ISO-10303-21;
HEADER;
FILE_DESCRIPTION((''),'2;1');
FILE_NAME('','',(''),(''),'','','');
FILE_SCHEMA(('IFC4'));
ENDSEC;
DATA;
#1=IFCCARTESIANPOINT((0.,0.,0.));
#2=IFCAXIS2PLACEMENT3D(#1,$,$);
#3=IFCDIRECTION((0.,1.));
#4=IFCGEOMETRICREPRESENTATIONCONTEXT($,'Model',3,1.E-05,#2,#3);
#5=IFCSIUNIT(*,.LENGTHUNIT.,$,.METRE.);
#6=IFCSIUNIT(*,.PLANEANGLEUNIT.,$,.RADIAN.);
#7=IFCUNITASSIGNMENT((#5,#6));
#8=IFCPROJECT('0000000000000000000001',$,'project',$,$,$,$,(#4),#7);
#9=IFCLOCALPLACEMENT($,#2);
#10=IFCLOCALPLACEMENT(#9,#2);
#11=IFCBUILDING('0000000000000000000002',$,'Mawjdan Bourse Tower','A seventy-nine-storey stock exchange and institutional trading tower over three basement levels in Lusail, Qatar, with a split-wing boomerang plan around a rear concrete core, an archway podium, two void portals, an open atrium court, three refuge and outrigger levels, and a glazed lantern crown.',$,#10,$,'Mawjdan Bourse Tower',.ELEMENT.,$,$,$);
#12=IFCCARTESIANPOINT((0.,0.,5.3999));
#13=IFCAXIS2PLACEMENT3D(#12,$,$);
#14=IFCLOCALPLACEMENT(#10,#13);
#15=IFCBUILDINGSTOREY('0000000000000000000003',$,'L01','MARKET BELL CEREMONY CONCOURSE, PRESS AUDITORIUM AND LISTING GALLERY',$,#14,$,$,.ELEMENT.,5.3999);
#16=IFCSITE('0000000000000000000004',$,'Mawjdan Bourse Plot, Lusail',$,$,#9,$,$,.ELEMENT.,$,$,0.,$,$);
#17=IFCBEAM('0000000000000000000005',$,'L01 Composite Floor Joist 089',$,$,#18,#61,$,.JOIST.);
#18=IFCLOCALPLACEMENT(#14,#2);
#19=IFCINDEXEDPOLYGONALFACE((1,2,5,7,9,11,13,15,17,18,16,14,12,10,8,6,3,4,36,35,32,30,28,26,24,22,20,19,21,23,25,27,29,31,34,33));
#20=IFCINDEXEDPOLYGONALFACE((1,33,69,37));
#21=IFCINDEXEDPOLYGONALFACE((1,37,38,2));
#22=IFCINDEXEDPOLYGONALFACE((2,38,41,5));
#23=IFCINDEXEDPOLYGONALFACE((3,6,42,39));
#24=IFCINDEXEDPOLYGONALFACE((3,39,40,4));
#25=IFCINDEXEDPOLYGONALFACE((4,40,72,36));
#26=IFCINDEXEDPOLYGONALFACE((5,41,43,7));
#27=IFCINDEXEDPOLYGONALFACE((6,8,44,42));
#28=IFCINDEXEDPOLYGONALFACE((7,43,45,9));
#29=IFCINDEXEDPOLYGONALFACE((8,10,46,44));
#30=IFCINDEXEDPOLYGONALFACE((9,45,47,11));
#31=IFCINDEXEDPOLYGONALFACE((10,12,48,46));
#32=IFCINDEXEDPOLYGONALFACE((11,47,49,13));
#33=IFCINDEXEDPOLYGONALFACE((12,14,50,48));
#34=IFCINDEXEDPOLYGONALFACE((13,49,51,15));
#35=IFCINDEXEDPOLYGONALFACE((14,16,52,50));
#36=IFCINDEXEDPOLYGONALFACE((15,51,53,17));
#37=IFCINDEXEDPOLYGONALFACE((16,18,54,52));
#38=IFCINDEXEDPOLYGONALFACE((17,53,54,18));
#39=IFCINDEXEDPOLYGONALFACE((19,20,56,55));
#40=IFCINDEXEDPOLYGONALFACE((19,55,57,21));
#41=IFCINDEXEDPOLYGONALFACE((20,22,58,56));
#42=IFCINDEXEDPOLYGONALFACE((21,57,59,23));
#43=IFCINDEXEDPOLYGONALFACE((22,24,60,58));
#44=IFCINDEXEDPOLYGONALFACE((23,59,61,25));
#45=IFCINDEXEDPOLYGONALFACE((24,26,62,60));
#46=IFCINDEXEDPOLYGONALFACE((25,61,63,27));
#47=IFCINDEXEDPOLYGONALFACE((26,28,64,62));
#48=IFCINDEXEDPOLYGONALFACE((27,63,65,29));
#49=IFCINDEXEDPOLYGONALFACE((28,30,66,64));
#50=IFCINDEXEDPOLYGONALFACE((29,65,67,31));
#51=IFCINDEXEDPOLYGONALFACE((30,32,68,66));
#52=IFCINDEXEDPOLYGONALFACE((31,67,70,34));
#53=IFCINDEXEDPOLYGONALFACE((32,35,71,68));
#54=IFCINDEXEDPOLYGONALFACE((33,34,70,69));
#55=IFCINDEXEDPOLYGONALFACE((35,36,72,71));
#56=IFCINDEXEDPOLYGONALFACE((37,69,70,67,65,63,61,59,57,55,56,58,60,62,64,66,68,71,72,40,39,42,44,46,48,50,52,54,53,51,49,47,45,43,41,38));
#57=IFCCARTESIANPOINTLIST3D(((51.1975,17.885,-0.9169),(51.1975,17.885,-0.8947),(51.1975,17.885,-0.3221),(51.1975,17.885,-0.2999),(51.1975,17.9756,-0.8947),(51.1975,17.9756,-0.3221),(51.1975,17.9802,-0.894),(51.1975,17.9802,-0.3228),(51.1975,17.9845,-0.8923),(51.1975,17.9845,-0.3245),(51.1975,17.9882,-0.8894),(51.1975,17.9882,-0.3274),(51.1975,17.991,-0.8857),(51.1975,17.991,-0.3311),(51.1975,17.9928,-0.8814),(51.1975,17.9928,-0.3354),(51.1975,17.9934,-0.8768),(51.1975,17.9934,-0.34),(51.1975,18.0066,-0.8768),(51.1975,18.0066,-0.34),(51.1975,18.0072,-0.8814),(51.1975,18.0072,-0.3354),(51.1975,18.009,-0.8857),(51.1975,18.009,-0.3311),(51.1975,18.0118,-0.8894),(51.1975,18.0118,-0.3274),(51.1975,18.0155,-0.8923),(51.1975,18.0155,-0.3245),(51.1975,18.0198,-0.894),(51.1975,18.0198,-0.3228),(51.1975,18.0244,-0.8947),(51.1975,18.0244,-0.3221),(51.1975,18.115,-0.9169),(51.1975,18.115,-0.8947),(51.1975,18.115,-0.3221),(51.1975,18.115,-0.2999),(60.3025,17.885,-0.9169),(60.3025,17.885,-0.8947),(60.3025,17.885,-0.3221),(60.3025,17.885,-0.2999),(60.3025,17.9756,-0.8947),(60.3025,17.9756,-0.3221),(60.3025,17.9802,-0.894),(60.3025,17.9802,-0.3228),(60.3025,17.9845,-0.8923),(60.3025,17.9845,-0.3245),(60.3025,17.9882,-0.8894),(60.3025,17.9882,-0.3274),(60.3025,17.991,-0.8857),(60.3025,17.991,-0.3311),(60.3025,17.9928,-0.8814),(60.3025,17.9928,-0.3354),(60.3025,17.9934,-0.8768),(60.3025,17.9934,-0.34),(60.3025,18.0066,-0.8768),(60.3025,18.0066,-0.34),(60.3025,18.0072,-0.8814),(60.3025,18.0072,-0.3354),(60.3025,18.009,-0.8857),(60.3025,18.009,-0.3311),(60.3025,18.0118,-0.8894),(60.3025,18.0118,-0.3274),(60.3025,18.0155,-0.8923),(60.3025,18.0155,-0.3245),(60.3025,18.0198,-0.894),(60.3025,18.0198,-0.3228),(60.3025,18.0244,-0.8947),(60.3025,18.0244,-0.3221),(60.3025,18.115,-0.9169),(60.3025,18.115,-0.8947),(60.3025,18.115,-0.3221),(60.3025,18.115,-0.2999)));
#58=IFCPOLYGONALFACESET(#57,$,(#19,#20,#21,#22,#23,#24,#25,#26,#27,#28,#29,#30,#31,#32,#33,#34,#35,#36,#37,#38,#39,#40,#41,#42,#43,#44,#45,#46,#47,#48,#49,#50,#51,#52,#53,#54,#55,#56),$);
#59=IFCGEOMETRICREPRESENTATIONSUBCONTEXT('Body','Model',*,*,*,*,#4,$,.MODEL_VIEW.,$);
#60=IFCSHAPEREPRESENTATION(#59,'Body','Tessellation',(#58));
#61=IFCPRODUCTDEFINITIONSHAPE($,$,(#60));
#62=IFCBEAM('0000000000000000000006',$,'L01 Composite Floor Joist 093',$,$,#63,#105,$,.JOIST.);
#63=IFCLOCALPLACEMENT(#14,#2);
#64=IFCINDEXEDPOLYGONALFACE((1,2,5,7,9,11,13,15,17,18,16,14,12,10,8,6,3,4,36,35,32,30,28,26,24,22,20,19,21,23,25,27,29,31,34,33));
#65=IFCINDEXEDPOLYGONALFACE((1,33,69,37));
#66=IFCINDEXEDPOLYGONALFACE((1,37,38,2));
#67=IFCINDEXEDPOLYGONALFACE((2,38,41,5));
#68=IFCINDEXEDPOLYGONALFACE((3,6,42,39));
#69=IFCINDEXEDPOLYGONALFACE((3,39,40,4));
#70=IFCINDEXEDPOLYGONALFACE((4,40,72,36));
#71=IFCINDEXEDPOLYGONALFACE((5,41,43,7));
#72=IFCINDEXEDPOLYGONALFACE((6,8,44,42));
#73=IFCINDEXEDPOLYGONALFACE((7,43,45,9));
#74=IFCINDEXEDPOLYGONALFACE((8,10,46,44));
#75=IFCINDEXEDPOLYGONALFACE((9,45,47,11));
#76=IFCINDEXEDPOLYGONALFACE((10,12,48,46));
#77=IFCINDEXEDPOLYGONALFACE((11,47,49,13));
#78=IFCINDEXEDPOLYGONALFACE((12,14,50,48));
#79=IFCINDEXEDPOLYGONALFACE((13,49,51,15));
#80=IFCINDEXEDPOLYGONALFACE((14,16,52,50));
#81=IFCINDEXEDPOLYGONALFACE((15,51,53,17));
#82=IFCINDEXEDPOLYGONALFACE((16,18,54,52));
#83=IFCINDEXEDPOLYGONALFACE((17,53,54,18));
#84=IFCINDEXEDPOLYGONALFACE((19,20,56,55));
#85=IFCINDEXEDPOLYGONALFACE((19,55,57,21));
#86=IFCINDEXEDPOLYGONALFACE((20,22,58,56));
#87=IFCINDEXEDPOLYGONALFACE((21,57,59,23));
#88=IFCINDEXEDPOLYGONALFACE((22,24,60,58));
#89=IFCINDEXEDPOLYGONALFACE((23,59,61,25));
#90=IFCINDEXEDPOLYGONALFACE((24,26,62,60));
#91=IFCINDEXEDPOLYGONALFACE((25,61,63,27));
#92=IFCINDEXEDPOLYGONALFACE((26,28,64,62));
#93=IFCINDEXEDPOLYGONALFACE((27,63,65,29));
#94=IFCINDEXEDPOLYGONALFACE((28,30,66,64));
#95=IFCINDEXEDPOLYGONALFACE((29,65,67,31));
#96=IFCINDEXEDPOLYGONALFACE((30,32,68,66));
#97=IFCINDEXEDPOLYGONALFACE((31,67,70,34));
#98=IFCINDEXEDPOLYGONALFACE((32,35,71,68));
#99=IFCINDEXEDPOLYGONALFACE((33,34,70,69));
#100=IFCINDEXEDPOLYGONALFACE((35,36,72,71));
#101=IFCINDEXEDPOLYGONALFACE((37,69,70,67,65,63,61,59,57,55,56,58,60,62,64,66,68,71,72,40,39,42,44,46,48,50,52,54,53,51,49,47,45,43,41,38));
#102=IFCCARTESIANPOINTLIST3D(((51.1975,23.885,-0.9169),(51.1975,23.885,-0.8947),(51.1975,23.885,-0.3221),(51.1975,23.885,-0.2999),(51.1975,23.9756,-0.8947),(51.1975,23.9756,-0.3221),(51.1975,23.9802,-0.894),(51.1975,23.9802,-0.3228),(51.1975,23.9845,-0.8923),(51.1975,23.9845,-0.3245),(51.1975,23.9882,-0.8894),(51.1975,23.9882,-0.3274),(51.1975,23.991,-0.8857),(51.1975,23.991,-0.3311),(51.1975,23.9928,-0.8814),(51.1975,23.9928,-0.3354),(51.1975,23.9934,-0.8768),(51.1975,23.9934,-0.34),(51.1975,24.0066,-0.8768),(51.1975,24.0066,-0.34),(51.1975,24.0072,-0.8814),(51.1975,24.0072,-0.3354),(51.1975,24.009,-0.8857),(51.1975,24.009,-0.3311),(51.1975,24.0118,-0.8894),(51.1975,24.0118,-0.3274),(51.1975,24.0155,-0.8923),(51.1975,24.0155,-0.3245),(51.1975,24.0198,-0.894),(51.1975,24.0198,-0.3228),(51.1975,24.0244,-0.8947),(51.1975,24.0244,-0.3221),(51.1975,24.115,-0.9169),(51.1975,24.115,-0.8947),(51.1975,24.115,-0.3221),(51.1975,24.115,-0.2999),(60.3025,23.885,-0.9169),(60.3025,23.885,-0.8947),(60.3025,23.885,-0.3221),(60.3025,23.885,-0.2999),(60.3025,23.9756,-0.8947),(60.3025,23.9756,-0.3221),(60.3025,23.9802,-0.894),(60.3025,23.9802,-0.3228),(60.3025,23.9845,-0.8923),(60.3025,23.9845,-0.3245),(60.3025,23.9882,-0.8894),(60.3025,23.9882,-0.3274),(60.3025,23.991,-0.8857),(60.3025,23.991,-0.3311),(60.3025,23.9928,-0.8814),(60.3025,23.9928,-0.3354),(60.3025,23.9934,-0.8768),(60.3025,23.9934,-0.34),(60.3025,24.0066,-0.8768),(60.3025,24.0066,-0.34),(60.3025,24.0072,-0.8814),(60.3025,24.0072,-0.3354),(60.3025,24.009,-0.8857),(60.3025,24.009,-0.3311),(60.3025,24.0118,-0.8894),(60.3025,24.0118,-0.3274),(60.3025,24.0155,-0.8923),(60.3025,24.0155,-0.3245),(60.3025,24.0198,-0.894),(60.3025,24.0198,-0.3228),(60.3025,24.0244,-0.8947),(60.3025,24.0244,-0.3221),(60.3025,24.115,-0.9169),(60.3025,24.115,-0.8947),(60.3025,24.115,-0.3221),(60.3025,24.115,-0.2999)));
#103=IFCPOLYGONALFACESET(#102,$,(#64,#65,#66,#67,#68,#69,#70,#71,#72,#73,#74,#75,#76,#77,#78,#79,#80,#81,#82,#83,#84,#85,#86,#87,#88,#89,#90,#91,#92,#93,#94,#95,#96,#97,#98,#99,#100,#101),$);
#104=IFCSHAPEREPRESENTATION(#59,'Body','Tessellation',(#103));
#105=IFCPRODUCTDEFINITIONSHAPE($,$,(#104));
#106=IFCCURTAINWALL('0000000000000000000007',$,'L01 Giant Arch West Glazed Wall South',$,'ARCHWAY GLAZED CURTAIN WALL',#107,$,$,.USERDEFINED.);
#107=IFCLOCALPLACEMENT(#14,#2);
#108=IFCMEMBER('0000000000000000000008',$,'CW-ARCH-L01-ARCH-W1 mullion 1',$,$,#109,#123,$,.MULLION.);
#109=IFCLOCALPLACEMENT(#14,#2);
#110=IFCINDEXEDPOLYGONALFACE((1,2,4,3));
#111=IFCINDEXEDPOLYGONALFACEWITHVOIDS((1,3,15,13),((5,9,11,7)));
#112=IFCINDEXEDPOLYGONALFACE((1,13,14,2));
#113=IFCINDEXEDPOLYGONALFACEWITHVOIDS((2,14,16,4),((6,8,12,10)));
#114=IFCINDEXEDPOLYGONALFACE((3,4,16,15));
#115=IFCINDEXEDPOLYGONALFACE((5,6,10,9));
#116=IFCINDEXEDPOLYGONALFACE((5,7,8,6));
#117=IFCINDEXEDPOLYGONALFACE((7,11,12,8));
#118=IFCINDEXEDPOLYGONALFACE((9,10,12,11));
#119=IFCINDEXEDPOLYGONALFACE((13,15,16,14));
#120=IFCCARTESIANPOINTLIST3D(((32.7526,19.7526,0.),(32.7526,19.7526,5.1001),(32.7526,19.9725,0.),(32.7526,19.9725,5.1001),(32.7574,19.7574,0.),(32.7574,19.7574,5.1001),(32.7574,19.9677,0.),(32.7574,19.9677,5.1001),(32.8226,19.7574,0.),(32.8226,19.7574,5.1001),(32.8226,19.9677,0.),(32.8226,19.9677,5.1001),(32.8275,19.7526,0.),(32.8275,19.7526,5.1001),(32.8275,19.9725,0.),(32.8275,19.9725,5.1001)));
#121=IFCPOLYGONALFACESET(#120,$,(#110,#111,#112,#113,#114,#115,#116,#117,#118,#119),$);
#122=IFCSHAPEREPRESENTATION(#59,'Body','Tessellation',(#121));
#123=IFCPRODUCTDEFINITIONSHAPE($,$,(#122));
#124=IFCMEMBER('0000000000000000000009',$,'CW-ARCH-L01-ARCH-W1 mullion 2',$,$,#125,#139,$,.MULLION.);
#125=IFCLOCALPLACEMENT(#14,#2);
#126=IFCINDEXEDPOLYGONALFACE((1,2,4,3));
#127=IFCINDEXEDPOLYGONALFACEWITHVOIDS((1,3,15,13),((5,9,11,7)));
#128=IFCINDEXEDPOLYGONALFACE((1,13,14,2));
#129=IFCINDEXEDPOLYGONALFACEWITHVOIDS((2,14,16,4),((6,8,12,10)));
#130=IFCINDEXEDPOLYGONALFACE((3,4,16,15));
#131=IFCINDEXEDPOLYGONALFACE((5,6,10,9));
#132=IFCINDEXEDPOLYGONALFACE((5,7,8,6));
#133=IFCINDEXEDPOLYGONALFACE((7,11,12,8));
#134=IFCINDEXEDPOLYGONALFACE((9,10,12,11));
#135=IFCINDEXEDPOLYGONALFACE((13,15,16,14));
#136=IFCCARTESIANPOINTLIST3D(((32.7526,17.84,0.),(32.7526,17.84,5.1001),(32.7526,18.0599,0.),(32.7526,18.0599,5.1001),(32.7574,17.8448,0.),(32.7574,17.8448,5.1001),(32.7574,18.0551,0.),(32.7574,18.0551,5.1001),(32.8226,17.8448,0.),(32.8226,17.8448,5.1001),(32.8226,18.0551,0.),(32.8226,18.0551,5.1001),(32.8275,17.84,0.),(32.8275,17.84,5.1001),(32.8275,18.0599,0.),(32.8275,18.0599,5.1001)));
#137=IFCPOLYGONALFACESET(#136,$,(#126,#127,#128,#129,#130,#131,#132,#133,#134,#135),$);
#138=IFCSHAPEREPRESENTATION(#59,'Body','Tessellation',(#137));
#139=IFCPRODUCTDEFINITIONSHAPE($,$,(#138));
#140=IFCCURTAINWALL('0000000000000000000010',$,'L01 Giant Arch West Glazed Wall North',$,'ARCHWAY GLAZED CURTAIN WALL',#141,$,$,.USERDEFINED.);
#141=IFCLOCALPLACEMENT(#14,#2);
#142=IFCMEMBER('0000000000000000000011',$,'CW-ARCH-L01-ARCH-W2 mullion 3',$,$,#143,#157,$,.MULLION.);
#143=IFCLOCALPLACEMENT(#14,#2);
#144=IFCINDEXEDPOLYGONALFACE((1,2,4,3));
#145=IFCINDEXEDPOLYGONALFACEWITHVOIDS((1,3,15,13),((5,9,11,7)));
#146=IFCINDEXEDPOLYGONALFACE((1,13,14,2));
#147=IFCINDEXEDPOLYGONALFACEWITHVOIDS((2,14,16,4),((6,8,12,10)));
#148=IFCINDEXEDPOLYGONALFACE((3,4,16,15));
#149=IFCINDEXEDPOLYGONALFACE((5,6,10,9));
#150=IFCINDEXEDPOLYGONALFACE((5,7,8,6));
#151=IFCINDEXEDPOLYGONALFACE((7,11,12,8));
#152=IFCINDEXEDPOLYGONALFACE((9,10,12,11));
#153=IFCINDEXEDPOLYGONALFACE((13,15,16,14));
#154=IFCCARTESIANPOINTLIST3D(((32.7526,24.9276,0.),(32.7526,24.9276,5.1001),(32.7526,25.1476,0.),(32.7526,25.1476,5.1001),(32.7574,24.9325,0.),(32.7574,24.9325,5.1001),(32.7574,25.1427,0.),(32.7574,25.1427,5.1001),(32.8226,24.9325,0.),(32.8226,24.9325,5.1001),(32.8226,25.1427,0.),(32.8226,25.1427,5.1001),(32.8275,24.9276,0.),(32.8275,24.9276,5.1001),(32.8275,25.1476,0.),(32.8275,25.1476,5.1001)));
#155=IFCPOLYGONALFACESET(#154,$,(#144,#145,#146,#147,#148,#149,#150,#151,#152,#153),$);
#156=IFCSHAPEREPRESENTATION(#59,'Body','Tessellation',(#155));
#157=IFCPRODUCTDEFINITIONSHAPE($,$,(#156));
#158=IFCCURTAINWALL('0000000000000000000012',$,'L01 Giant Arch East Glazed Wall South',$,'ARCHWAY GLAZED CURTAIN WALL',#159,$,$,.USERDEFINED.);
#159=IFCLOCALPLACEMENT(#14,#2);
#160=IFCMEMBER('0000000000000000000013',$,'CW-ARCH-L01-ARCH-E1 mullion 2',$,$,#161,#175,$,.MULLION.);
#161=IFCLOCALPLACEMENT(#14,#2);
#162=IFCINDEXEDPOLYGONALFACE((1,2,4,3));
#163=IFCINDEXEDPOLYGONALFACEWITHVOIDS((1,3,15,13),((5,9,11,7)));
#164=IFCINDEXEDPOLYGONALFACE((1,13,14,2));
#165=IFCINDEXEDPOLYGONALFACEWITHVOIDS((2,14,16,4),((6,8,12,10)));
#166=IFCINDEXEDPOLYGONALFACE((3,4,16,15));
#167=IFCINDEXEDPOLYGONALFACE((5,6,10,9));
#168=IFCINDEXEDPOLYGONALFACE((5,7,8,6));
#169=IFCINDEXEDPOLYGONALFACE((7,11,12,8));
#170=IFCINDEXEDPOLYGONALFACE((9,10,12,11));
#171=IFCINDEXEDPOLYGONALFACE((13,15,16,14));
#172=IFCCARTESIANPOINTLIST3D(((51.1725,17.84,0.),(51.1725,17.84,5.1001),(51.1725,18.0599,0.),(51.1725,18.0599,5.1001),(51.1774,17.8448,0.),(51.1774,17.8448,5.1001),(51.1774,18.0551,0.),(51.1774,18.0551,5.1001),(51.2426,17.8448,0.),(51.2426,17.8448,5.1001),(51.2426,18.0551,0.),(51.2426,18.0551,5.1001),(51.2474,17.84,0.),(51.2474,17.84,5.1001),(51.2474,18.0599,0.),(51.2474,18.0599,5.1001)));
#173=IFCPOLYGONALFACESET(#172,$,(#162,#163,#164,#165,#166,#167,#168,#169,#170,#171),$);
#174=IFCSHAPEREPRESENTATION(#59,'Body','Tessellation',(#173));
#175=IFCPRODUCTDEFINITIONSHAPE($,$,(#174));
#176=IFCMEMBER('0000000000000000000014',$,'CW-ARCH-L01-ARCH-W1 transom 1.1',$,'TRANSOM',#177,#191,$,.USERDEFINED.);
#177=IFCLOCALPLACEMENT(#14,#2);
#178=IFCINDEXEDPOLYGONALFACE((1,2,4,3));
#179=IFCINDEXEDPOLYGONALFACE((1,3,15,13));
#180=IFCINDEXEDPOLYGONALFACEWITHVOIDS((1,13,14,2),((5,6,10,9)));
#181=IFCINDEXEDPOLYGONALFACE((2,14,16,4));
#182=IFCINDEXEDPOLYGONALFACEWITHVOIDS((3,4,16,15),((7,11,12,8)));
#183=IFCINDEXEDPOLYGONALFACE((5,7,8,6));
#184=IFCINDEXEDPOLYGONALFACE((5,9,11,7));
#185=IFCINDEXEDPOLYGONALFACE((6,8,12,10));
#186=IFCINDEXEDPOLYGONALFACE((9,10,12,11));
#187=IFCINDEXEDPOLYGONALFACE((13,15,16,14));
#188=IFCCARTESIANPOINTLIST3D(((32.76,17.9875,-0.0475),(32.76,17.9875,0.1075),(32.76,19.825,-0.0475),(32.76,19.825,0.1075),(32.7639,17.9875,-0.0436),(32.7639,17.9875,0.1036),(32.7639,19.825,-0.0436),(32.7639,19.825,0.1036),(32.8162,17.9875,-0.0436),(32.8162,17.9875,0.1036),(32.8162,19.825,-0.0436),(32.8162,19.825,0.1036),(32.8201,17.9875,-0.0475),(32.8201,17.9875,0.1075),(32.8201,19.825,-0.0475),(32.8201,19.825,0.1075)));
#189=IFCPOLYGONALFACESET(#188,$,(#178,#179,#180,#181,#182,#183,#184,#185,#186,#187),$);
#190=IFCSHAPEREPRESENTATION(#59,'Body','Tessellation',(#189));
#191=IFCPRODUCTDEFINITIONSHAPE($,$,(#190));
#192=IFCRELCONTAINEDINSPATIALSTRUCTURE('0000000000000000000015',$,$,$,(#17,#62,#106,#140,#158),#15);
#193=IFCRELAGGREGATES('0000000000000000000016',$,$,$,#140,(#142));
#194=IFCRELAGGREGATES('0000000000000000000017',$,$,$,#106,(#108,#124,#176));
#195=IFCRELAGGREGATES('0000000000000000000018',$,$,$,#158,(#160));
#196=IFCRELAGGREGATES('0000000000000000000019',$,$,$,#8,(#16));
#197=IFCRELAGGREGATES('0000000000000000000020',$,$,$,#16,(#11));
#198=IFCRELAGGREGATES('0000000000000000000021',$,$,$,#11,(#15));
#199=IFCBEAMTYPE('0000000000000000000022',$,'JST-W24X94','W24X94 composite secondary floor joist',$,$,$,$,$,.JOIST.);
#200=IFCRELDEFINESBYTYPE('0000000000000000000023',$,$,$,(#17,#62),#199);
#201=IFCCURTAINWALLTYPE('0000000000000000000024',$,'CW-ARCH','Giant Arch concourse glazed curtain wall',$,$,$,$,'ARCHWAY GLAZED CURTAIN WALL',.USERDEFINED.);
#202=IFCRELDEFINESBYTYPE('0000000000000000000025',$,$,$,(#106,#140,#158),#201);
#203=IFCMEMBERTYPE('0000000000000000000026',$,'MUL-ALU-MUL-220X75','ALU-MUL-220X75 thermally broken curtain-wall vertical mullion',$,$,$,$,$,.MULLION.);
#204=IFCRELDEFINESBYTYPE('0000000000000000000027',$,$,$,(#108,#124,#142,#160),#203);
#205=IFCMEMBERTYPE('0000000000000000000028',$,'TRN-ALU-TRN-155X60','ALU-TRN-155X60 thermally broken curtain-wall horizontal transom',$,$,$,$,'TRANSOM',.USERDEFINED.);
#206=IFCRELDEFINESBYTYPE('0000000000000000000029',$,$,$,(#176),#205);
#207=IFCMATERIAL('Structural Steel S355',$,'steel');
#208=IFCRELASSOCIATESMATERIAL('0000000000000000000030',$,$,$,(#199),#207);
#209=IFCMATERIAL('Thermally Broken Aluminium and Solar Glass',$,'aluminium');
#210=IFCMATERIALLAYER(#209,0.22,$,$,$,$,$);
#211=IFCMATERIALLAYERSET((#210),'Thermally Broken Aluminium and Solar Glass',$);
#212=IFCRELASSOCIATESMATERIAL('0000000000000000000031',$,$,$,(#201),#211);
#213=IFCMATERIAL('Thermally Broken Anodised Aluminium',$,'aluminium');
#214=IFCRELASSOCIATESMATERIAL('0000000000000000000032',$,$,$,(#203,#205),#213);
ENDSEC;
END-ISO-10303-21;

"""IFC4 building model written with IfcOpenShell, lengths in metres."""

from ifc_helpers import new_model, si_unit, direction, frame, origin, origin_2d, place, context, subcontext, project, spatial, hollow_rectangle, i_section, extrude, material, layer, layer_set, material_profile, profile_set, type_object, element, aggregate, save


model = new_model("IFC4")

# Units and contexts
model_context = context("Model", 3, precision=1e-05, world=origin(), true_north=direction((0.0, 1.0)))
body_context = subcontext(model_context, "Body", "Model", "MODEL_VIEW")
ifc_project = project(units=[si_unit("LENGTHUNIT", "METRE"), si_unit("PLANEANGLEUNIT", "RADIAN")], contexts=[model_context])

# Site, building, storey
site_placement = place(None, origin())
site = spatial("IfcSite", under=ifc_project, at=site_placement, Name="Mawjdan Bourse Plot, Lusail", CompositionType="ELEMENT", RefElevation=0.0)
building_placement = place(site_placement, origin())
building = spatial("IfcBuilding", under=site, at=building_placement, Name="Mawjdan Bourse Tower", Description="A seventy-nine-storey stock exchange and institutional trading tower over three basement levels in Lusail, Qatar, with a split-wing boomerang plan around a rear concrete core, an archway podium, two void portals, an open atrium court, three refuge and outrigger levels, and a glazed lantern crown.", LongName="Mawjdan Bourse Tower", CompositionType="ELEMENT")
storey_placement = place(building_placement, frame((0.0, 0.0, 5.3999)))
storey = spatial("IfcBuildingStorey", under=building, at=storey_placement, Name="L01", Description="MARKET BELL CEREMONY CONCOURSE, PRESS AUDITORIUM AND LISTING GALLERY", CompositionType="ELEMENT", Elevation=5.3999)

# Beams
ifc_material_1 = material(Name="Structural Steel S355", Category="steel")
ifc_material_profile_1 = material_profile(ifc_material_1, i_section(OverallWidth=0.23, OverallDepth=0.6169, WebThickness=0.0132, FlangeThickness=0.0222, FilletRadius=0.0178, at=origin_2d()), Name="W24X94")
ifc_profile_set_1 = profile_set([ifc_material_profile_1], Name="Structural Steel S355")
beam_type_1 = type_object("IfcBeamType", Name="JST-W24X94", Description="W24X94 composite secondary floor joist", PredefinedType="JOIST", material=ifc_profile_set_1)
for number, where, z_axis, x_axis, name in (
    (1, (51.1975, 18.0, -0.6084), (1.0, 0.0, 0.0), (0.0, 1.0, 0.0), "L01 Composite Floor Joist 089"),
    (2, (51.1975, 24.0, -0.6084), (1.0, 0.0, 0.0), (0.0, 1.0, 0.0), "L01 Composite Floor Joist 093"),
):
    element("IfcBeam", number, at=place(storey_placement, frame(where, z_axis=z_axis, x_axis=x_axis)), inside=storey, type_object=beam_type_1, Name=name, PredefinedType="JOIST", context=body_context, shape_type="SweptSolid", body=[
        extrude(i_section(OverallWidth=0.23, OverallDepth=0.6169, WebThickness=0.0132, FlangeThickness=0.0222, FilletRadius=0.0178, at=origin_2d()), origin(), (0.0, 0.0, 1.0), 9.105),
    ])

# Curtain wall, members
ifc_material_2 = material(Name="Thermally Broken Aluminium and Solar Glass", Category="aluminium")
ifc_layer_1 = layer(ifc_material_2, 0.22)
ifc_layer_set_1 = layer_set([ifc_layer_1], Name="Thermally Broken Aluminium and Solar Glass")
curtain_wall_type = type_object("IfcCurtainWallType", Name="CW-ARCH", Description="Giant Arch concourse glazed curtain wall", ElementType="ARCHWAY GLAZED CURTAIN WALL", PredefinedType="USERDEFINED", material=ifc_layer_set_1)
curtain_wall_1_placement = place(storey_placement, origin())
curtain_wall_1 = element("IfcCurtainWall", 3, at=curtain_wall_1_placement, inside=storey, type_object=curtain_wall_type, Name="L01 Giant Arch West Glazed Wall South", ObjectType="ARCHWAY GLAZED CURTAIN WALL", PredefinedType="USERDEFINED")
ifc_material_3 = material(Name="Thermally Broken Anodised Aluminium", Category="aluminium")
ifc_material_profile_2 = material_profile(ifc_material_3, hollow_rectangle(XDim=0.075, YDim=0.22, WallThickness=0.0049, at=origin_2d()), Name="ALU-MUL-220X75")
ifc_profile_set_2 = profile_set([ifc_material_profile_2], Name="Thermally Broken Anodised Aluminium")
member_type_1 = type_object("IfcMemberType", Name="MUL-ALU-MUL-220X75", Description="ALU-MUL-220X75 thermally broken curtain-wall vertical mullion", PredefinedType="MULLION", material=ifc_profile_set_2)
member_1_placement = place(storey_placement, frame((32.79, 19.8625, 0.0), z_axis=(0.0, 0.0, 1.0), x_axis=(1.0, 0.0, 0.0)))
member_1 = element("IfcMember", 4, at=member_1_placement, type_object=member_type_1, Name="CW-ARCH-L01-ARCH-W1 mullion 1", PredefinedType="MULLION", context=body_context, shape_type="SweptSolid", body=[
    extrude(hollow_rectangle(XDim=0.075, YDim=0.22, WallThickness=0.0049, at=origin_2d()), origin(), (0.0, 0.0, 1.0), 5.1001),
])
member_2_placement = place(storey_placement, frame((32.79, 17.95, 0.0), z_axis=(0.0, 0.0, 1.0), x_axis=(1.0, 0.0, 0.0)))
member_2 = element("IfcMember", 5, at=member_2_placement, type_object=member_type_1, Name="CW-ARCH-L01-ARCH-W1 mullion 2", PredefinedType="MULLION", context=body_context, shape_type="SweptSolid", body=[
    extrude(hollow_rectangle(XDim=0.075, YDim=0.22, WallThickness=0.0049, at=origin_2d()), origin(), (0.0, 0.0, 1.0), 5.1001),
])

# Curtain walls, members
curtain_wall_2_placement = place(storey_placement, origin())
curtain_wall_2 = element("IfcCurtainWall", 6, at=curtain_wall_2_placement, inside=storey, type_object=curtain_wall_type, Name="L01 Giant Arch West Glazed Wall North", ObjectType="ARCHWAY GLAZED CURTAIN WALL", PredefinedType="USERDEFINED")
member_3_placement = place(storey_placement, frame((32.79, 25.0376, 0.0), z_axis=(0.0, 0.0, 1.0), x_axis=(1.0, 0.0, 0.0)))
member_3 = element("IfcMember", 7, at=member_3_placement, type_object=member_type_1, Name="CW-ARCH-L01-ARCH-W2 mullion 3", PredefinedType="MULLION", context=body_context, shape_type="SweptSolid", body=[
    extrude(hollow_rectangle(XDim=0.075, YDim=0.22, WallThickness=0.0049, at=origin_2d()), origin(), (0.0, 0.0, 1.0), 5.1001),
])
aggregate(curtain_wall_2, [member_3])
curtain_wall_3_placement = place(storey_placement, origin())
curtain_wall_3 = element("IfcCurtainWall", 8, at=curtain_wall_3_placement, inside=storey, type_object=curtain_wall_type, Name="L01 Giant Arch East Glazed Wall South", ObjectType="ARCHWAY GLAZED CURTAIN WALL", PredefinedType="USERDEFINED")
member_4_placement = place(storey_placement, frame((51.21, 17.95, 0.0), z_axis=(0.0, 0.0, 1.0), x_axis=(-1.0, 0.0, 0.0)))
member_4 = element("IfcMember", 9, at=member_4_placement, type_object=member_type_1, Name="CW-ARCH-L01-ARCH-E1 mullion 2", PredefinedType="MULLION", context=body_context, shape_type="SweptSolid", body=[
    extrude(hollow_rectangle(XDim=0.075, YDim=0.22, WallThickness=0.0049, at=origin_2d()), origin(), (0.0, 0.0, 1.0), 5.1001),
])

# Member
ifc_material_profile_3 = material_profile(ifc_material_3, hollow_rectangle(XDim=0.0601, YDim=0.155, WallThickness=0.0039, at=origin_2d()), Name="ALU-TRN-155X60")
ifc_profile_set_3 = profile_set([ifc_material_profile_3], Name="Thermally Broken Anodised Aluminium")
member_type_2 = type_object("IfcMemberType", Name="TRN-ALU-TRN-155X60", Description="ALU-TRN-155X60 thermally broken curtain-wall horizontal transom", ElementType="TRANSOM", PredefinedType="USERDEFINED", material=ifc_profile_set_3)
member_5_placement = place(storey_placement, frame((32.79, 19.825, 0.03), z_axis=(0.0, -1.0, 0.0), x_axis=(1.0, 0.0, 0.0)))
member_5 = element("IfcMember", 10, at=member_5_placement, type_object=member_type_2, Name="CW-ARCH-L01-ARCH-W1 transom 1.1", ObjectType="TRANSOM", PredefinedType="USERDEFINED", context=body_context, shape_type="SweptSolid", body=[
    extrude(hollow_rectangle(XDim=0.0601, YDim=0.155, WallThickness=0.0039, at=origin_2d()), origin(), (0.0, 0.0, 1.0), 1.8374),
])

aggregate(curtain_wall_1, [member_1, member_2, member_5])
aggregate(curtain_wall_3, [member_4])

save(model, "model.ifc")
